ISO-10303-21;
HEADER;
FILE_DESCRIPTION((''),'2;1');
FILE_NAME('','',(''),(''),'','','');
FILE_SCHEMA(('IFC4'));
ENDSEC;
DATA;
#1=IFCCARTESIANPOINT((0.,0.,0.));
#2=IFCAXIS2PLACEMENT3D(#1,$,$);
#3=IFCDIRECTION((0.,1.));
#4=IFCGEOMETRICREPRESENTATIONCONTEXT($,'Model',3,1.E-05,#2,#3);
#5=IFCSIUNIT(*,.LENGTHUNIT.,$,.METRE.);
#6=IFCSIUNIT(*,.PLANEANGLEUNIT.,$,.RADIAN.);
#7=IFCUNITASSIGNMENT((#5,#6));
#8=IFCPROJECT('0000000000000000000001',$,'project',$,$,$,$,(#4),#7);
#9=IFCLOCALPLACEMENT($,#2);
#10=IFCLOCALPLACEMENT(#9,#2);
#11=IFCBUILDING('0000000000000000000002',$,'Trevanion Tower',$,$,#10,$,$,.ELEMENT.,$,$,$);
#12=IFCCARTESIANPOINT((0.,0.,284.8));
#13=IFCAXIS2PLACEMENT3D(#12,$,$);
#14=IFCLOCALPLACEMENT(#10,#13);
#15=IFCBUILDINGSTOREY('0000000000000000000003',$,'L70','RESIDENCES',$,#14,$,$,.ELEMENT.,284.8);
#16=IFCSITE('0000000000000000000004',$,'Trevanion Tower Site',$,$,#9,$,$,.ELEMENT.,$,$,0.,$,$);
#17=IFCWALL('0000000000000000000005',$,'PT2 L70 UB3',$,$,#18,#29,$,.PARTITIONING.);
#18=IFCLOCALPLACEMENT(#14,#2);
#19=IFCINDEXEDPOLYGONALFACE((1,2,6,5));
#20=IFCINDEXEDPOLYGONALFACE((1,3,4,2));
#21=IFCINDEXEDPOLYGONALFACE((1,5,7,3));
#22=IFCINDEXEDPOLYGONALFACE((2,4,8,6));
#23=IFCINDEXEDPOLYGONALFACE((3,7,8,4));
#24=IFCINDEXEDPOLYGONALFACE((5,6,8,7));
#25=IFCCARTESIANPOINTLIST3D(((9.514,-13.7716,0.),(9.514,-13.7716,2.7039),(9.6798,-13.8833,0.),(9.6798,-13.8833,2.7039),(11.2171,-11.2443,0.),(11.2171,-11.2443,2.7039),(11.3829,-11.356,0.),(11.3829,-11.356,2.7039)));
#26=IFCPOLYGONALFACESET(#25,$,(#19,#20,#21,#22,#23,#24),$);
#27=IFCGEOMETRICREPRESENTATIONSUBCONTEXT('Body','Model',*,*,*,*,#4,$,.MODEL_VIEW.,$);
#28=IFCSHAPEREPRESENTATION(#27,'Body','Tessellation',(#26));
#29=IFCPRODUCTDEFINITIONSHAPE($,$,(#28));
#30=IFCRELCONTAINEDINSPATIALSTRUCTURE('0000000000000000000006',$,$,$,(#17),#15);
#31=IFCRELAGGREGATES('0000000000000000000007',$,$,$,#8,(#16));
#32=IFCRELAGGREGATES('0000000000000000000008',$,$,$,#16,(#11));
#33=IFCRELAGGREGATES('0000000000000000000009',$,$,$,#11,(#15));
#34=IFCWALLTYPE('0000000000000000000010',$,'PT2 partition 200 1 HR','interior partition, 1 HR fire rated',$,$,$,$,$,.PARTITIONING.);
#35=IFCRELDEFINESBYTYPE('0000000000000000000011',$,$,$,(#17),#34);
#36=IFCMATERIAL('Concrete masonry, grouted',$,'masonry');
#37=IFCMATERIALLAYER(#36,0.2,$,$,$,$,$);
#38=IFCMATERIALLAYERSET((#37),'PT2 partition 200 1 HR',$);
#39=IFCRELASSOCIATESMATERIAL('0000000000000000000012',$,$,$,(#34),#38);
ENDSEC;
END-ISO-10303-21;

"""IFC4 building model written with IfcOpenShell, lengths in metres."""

from ifc_helpers import new_model, si_unit, direction, frame, frame_2d, origin, place, context, subcontext, project, spatial, rectangle, extrude, material, layer, layer_set, type_object, element, save


model = new_model("IFC4")

# Units and contexts
model_context = context("Model", 3, precision=1e-05, world=origin(), true_north=direction((0.0, 1.0)))
body_context = subcontext(model_context, "Body", "Model", "MODEL_VIEW")
ifc_project = project(units=[si_unit("LENGTHUNIT", "METRE"), si_unit("PLANEANGLEUNIT", "RADIAN")], contexts=[model_context])

# Site, building, storey
site_placement = place(None, origin())
site = spatial("IfcSite", under=ifc_project, at=site_placement, Name="Trevanion Tower Site", CompositionType="ELEMENT", RefElevation=0.0)
building_placement = place(site_placement, origin())
building = spatial("IfcBuilding", under=site, at=building_placement, Name="Trevanion Tower", CompositionType="ELEMENT")
storey_placement = place(building_placement, frame((0.0, 0.0, 284.8)))
storey = spatial("IfcBuildingStorey", under=building, at=storey_placement, Name="L70", Description="RESIDENCES", CompositionType="ELEMENT", Elevation=284.8)

# Wall
ifc_material_1 = material(Name="Concrete masonry, grouted", Category="masonry")
ifc_layer_1 = layer(ifc_material_1, 0.2)
ifc_layer_set_1 = layer_set([ifc_layer_1], Name="PT2 partition 200 1 HR")
wall_type_1 = type_object("IfcWallType", Name="PT2 partition 200 1 HR", Description="interior partition, 1 HR fire rated", PredefinedType="PARTITIONING", material=ifc_layer_set_1)
wall_1_placement = place(storey_placement, frame((11.3, -11.3, 0.0), z_axis=(0.0, 0.0, 1.0), x_axis=(-0.558834, -0.829279, 0.0)))
element("IfcWall", 1, at=wall_1_placement, inside=storey, type_object=wall_type_1, Name="PT2 L70 UB3", PredefinedType="PARTITIONING", context=body_context, shape_type="SweptSolid", body=[
    extrude(rectangle(XDim=3.0476, YDim=0.2, at=frame_2d((1.5239, 0.0))), origin(), (0.0, 0.0, 1.0), 2.7039),
])

save(model, "model.ifc")
